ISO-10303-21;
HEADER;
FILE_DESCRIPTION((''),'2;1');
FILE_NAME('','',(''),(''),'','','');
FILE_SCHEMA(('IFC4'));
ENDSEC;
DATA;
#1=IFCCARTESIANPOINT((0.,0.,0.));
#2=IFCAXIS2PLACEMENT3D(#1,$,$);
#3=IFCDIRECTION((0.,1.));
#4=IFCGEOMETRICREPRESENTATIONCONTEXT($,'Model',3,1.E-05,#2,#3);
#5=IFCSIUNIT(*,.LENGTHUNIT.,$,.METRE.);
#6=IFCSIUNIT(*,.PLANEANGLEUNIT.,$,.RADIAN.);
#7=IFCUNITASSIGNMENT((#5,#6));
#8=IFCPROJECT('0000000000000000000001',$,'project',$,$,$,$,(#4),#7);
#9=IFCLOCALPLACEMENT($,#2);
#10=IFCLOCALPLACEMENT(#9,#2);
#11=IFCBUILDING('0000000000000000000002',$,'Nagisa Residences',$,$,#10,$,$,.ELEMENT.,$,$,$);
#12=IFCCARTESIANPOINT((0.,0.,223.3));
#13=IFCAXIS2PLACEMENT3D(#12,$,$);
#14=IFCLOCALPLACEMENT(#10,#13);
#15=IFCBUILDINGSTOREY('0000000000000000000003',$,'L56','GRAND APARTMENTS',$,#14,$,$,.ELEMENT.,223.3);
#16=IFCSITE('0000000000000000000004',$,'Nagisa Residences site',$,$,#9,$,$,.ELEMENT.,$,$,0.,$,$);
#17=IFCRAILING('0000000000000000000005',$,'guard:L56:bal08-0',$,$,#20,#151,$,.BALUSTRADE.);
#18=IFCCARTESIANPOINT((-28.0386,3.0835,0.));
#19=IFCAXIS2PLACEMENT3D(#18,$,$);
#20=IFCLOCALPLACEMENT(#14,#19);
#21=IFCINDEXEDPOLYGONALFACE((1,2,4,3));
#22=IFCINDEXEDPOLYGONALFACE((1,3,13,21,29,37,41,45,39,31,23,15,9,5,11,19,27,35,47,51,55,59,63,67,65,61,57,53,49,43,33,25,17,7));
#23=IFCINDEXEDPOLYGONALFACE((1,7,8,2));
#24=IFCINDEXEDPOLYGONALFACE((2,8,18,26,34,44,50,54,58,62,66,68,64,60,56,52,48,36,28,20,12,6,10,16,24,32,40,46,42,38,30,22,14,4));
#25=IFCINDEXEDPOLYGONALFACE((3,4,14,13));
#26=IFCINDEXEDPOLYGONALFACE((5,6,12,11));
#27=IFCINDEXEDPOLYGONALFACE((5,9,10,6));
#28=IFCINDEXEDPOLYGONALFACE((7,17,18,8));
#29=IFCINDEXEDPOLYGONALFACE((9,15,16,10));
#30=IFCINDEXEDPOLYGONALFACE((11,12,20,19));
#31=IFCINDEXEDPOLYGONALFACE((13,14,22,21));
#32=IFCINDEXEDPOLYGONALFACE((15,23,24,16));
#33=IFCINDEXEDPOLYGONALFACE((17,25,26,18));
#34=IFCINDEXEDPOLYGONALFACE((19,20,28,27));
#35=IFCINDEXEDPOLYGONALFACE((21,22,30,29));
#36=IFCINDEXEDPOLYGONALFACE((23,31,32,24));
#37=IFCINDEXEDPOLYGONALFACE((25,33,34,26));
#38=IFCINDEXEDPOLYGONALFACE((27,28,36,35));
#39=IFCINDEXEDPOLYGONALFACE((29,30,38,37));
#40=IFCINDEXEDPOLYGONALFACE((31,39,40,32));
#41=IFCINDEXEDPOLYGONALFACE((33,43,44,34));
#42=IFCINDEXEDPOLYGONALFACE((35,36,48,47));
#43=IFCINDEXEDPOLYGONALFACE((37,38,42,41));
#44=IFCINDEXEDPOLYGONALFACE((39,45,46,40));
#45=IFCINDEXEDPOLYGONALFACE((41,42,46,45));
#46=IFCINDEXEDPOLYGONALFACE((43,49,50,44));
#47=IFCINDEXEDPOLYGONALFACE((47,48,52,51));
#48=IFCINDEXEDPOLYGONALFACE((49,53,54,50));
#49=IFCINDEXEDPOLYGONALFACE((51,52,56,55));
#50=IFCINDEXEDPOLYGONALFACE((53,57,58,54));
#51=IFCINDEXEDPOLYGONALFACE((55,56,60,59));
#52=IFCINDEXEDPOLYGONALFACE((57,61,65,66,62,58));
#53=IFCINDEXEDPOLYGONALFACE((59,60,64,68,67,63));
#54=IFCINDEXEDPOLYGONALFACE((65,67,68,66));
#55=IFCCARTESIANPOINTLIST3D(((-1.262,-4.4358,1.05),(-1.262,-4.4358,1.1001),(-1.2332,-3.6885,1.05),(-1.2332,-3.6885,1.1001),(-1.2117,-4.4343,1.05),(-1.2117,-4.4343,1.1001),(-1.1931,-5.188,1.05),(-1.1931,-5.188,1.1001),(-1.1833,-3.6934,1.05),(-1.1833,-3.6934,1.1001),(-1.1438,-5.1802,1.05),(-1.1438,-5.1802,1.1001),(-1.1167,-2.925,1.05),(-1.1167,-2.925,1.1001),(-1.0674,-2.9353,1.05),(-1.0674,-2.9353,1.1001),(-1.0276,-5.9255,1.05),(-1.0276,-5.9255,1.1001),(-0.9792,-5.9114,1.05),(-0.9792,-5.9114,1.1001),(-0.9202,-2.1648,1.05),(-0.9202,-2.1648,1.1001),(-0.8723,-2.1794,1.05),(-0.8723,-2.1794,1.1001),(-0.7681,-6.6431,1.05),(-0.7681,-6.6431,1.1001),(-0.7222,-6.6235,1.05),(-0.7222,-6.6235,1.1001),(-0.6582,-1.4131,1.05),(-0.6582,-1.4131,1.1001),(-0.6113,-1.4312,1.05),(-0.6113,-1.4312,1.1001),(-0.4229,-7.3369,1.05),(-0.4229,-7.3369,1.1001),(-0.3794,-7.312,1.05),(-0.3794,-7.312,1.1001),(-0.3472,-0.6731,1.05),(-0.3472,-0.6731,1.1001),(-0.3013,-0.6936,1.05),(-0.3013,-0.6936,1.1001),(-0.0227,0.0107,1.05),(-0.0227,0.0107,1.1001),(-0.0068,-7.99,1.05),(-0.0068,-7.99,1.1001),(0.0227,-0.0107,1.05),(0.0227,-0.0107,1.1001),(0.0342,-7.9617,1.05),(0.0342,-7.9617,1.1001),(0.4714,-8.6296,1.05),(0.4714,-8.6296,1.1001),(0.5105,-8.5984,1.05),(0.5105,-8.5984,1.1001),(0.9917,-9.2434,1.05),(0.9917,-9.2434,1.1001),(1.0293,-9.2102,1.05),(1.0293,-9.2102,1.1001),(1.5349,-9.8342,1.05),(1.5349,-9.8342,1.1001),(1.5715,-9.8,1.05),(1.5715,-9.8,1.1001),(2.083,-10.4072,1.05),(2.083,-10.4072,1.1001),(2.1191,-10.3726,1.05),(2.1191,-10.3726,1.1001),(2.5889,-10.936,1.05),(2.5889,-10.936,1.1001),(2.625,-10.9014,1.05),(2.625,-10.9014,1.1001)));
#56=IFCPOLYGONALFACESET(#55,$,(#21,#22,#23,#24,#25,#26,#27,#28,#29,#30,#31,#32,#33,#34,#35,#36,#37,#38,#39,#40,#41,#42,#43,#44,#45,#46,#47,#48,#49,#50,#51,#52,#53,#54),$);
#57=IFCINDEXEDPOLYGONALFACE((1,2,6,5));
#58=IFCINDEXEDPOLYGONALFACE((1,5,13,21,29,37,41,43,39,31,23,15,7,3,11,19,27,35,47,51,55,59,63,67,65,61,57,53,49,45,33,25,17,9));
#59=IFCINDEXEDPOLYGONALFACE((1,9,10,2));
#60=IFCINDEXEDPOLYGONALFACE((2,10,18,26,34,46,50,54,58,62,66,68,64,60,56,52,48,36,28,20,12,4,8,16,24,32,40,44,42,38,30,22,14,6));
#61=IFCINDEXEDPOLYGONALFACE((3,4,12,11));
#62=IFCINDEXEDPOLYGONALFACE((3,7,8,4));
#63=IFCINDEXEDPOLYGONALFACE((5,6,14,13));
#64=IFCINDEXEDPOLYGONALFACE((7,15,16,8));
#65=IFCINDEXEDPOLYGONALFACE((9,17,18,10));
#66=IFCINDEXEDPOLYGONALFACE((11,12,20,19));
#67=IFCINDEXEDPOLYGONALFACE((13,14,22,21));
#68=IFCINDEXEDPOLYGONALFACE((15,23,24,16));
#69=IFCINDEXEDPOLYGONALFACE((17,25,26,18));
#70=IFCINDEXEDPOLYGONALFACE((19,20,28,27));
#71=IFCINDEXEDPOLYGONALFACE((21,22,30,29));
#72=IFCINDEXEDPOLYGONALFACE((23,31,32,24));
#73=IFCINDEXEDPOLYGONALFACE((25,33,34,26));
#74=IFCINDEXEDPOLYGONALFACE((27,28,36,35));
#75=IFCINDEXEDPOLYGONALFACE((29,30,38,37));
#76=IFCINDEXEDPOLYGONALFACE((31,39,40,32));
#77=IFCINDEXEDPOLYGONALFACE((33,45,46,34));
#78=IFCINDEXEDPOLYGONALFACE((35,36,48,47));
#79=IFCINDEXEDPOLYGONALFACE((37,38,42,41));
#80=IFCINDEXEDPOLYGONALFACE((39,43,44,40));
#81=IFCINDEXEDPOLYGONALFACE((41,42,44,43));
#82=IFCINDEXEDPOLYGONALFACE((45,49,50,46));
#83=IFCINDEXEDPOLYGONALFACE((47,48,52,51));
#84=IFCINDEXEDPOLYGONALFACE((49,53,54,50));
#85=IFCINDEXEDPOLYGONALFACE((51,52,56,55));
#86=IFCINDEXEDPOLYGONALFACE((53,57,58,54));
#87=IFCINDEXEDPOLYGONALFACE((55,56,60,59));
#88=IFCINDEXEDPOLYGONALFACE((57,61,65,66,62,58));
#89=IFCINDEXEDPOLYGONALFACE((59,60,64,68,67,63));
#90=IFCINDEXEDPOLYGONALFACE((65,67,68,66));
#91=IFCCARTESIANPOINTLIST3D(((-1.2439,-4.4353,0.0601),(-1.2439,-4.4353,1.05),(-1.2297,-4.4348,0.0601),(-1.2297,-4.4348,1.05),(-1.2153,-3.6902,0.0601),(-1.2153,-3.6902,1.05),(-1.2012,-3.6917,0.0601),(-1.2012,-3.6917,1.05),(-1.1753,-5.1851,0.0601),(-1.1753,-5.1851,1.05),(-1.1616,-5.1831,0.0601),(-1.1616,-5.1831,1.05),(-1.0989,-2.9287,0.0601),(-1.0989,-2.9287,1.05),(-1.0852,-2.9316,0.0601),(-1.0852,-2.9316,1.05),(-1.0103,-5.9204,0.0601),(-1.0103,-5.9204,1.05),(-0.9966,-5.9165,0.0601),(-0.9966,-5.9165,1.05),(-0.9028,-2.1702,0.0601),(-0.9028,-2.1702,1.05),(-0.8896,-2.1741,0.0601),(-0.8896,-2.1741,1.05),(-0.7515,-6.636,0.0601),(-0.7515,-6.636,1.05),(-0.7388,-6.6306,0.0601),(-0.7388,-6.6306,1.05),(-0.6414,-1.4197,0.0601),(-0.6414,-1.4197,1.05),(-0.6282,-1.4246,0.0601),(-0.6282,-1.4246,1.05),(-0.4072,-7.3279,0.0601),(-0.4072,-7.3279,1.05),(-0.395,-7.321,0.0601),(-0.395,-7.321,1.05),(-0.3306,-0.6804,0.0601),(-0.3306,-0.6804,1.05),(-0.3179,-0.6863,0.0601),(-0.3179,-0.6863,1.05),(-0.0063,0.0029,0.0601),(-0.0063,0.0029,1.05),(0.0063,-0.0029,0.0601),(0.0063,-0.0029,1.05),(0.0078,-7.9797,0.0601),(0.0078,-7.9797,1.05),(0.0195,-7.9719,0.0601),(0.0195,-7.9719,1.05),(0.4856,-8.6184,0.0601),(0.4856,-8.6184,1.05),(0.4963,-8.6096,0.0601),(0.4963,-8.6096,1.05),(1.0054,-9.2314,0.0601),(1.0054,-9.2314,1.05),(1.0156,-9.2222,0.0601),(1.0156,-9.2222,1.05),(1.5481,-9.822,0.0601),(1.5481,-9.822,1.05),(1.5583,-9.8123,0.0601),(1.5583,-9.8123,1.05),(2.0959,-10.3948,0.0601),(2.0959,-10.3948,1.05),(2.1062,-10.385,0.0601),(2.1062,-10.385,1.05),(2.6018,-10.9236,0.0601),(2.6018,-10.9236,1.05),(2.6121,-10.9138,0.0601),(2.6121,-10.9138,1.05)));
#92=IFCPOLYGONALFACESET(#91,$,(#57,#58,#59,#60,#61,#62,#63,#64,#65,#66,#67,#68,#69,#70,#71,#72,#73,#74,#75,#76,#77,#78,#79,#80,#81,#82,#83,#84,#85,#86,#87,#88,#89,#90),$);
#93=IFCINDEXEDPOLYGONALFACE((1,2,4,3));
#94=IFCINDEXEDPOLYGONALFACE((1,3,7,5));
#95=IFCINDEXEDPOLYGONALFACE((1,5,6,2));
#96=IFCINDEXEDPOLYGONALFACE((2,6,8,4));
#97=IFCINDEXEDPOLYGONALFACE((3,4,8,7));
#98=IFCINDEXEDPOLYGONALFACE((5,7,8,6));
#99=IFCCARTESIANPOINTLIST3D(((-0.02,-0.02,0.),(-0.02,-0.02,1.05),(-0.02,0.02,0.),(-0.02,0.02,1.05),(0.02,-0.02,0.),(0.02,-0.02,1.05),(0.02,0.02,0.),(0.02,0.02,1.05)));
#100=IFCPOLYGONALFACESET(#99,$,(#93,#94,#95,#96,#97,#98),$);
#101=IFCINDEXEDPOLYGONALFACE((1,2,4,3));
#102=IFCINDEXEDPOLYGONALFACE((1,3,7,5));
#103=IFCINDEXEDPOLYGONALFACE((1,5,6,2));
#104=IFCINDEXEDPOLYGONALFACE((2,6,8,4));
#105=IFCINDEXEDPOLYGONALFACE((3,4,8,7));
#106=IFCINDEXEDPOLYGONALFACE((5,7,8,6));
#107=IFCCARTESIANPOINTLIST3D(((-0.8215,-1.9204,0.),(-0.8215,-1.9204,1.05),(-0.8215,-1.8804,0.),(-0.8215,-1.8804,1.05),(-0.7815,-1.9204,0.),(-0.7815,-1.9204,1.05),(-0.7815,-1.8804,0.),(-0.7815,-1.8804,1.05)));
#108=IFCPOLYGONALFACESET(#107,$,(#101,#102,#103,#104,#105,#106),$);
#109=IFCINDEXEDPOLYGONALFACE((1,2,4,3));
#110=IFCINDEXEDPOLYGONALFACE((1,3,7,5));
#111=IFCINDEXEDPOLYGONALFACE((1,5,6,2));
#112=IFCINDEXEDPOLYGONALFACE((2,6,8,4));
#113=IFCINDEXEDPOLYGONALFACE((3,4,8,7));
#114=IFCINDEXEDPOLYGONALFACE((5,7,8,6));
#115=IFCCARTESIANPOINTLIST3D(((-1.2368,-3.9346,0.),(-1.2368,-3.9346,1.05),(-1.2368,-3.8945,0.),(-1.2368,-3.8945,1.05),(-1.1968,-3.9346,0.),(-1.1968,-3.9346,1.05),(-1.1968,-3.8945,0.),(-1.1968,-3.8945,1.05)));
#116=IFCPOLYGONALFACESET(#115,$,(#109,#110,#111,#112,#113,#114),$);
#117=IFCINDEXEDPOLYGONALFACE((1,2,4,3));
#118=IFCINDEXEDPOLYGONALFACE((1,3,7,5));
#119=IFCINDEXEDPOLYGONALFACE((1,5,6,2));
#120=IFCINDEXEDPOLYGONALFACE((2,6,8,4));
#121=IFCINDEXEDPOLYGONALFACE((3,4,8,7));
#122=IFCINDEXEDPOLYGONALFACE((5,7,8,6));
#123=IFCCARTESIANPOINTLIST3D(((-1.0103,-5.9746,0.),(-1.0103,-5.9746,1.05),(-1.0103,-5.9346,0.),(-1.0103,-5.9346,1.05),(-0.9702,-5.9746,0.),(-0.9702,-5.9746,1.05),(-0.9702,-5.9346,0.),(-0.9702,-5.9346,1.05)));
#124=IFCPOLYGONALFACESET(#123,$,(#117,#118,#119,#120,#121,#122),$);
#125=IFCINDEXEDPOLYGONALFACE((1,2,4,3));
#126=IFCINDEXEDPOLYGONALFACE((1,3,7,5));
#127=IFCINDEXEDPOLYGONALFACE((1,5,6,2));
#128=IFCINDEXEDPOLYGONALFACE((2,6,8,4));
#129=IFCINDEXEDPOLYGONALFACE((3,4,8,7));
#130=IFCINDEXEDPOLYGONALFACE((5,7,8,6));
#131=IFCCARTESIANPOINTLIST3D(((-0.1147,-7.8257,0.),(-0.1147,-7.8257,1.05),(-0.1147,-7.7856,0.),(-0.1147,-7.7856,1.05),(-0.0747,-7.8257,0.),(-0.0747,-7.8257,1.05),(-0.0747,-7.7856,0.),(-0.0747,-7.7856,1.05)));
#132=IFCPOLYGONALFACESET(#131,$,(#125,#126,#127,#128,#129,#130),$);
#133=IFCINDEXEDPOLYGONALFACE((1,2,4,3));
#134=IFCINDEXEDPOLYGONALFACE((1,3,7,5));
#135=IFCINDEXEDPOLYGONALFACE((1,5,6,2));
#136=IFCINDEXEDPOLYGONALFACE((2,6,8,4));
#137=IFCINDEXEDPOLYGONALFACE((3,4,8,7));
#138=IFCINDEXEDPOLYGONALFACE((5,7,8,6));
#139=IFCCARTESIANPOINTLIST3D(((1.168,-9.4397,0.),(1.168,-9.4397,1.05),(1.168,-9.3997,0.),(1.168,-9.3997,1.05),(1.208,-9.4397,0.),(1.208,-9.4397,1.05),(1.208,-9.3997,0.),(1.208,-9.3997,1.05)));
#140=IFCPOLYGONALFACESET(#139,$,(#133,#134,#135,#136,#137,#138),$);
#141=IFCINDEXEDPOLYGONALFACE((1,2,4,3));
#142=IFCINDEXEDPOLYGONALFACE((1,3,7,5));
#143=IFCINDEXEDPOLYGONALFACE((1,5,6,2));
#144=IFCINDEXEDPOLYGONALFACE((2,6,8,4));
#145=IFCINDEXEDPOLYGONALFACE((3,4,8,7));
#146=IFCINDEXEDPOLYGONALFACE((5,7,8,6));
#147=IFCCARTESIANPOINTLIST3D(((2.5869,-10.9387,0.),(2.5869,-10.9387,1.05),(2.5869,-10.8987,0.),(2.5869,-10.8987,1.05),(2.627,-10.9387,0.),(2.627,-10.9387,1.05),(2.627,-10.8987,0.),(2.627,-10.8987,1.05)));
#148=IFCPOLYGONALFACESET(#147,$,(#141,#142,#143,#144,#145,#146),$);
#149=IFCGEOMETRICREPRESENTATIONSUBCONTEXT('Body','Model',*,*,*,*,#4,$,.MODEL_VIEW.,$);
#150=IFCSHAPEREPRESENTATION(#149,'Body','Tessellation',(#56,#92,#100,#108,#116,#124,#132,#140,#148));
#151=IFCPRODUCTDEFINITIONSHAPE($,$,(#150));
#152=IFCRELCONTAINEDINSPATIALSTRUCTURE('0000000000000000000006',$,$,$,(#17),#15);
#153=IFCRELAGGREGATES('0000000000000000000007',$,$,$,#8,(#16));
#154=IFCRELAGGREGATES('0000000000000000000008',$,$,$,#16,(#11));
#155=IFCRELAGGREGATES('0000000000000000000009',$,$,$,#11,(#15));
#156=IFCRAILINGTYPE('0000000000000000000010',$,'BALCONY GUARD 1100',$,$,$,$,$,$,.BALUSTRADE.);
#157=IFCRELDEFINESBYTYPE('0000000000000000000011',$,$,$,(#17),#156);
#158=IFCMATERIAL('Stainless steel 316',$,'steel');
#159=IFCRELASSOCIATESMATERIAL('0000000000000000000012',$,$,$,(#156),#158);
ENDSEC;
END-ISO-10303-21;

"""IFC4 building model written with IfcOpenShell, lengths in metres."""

from ifc_helpers import new_model, si_unit, direction, frame, origin, origin_2d, place, context, subcontext, project, spatial, polyline, rectangle, outline, extrude, material, type_object, element, save


model = new_model("IFC4")

# Units and contexts
model_context = context("Model", 3, precision=1e-05, world=origin(), true_north=direction((0.0, 1.0)))
body_context = subcontext(model_context, "Body", "Model", "MODEL_VIEW")
ifc_project = project(units=[si_unit("LENGTHUNIT", "METRE"), si_unit("PLANEANGLEUNIT", "RADIAN")], contexts=[model_context])

# Site, building, storey
site_placement = place(None, origin())
site = spatial("IfcSite", under=ifc_project, at=site_placement, Name="Nagisa Residences site", CompositionType="ELEMENT", RefElevation=0.0)
building_placement = place(site_placement, origin())
building = spatial("IfcBuilding", under=site, at=building_placement, Name="Nagisa Residences", CompositionType="ELEMENT")
storey_placement = place(building_placement, frame((0.0, 0.0, 223.3)))
storey = spatial("IfcBuildingStorey", under=building, at=storey_placement, Name="L56", Description="GRAND APARTMENTS", CompositionType="ELEMENT", Elevation=223.3)

# Railing
ifc_material_1 = material(Name="Stainless steel 316", Category="steel")
railing_type = type_object("IfcRailingType", Name="BALCONY GUARD 1100", PredefinedType="BALUSTRADE", material=ifc_material_1)
railing_1_placement = place(storey_placement, frame((-28.0386, 3.0835, 0.0)))
element("IfcRailing", 1, at=railing_1_placement, inside=storey, type_object=railing_type, Name="guard:L56:bal08-0", PredefinedType="BALUSTRADE", context=body_context, shape_type="SweptSolid", body=[
    extrude(outline(polyline([(-0.3013, -0.6936), (0.0227, -0.0107), (-0.0227, 0.0107), (-0.3472, -0.6731), (-0.6582, -1.4131), (-0.9202, -2.1648), (-1.1167, -2.925), (-1.2332, -3.6885), (-1.262, -4.4358), (-1.1931, -5.188), (-1.0276, -5.9255), (-0.7681, -6.6431), (-0.4229, -7.3369), (-0.0068, -7.99), (0.4714, -8.6296), (0.9917, -9.2434), (1.5349, -9.8342), (2.083, -10.4072), (2.5889, -10.936), (2.625, -10.9014), (2.1191, -10.3726), (1.5715, -9.8), (1.0293, -9.2102), (0.5105, -8.5984), (0.0342, -7.9617), (-0.3794, -7.312), (-0.7222, -6.6235), (-0.9792, -5.9114), (-1.1438, -5.1802), (-1.2117, -4.4343), (-1.1833, -3.6934), (-1.0674, -2.9353), (-0.8723, -2.1794), (-0.6113, -1.4312), (-0.3013, -0.6936)])), frame((0.0, 0.0, 1.05)), (0.0, 0.0, 1.0), 0.05),
    extrude(outline(polyline([(-0.3179, -0.6863), (0.0063, -0.0029), (-0.0063, 0.0029), (-0.3306, -0.6804), (-0.6414, -1.4197), (-0.9028, -2.1702), (-1.0989, -2.9287), (-1.2153, -3.6902), (-1.2439, -4.4353), (-1.1753, -5.1851), (-1.0103, -5.9204), (-0.7515, -6.636), (-0.4072, -7.3279), (0.0078, -7.9797), (0.4856, -8.6184), (1.0054, -9.2314), (1.5481, -9.822), (2.0959, -10.3948), (2.6018, -10.9236), (2.6121, -10.9138), (2.1062, -10.385), (1.5583, -9.8123), (1.0156, -9.2222), (0.4963, -8.6096), (0.0195, -7.9719), (-0.395, -7.321), (-0.7388, -6.6306), (-0.9966, -5.9165), (-1.1616, -5.1831), (-1.2297, -4.4348), (-1.2012, -3.6917), (-1.0852, -2.9316), (-0.8896, -2.1741), (-0.6282, -1.4246), (-0.3179, -0.6863)])), frame((0.0, 0.0, 0.0601)), (0.0, 0.0, 1.0), 0.99),
    extrude(rectangle(XDim=0.04, YDim=0.04, at=origin_2d()), origin(), (0.0, 0.0, 1.0), 1.05),
    extrude(rectangle(XDim=0.04, YDim=0.04, at=origin_2d()), frame((-0.8015, -1.9004, 0.0)), (0.0, 0.0, 1.0), 1.05),
    extrude(rectangle(XDim=0.04, YDim=0.04, at=origin_2d()), frame((-1.2168, -3.9146, 0.0)), (0.0, 0.0, 1.0), 1.05),
    extrude(rectangle(XDim=0.04, YDim=0.04, at=origin_2d()), frame((-0.9902, -5.9546, 0.0)), (0.0, 0.0, 1.0), 1.05),
    extrude(rectangle(XDim=0.04, YDim=0.04, at=origin_2d()), frame((-0.0947, -7.8057, 0.0)), (0.0, 0.0, 1.0), 1.05),
    extrude(rectangle(XDim=0.04, YDim=0.04, at=origin_2d()), frame((1.188, -9.4197, 0.0)), (0.0, 0.0, 1.0), 1.05),
    extrude(rectangle(XDim=0.04, YDim=0.04, at=origin_2d()), frame((2.6069, -10.9187, 0.0)), (0.0, 0.0, 1.0), 1.05),
])

save(model, "model.ifc")
